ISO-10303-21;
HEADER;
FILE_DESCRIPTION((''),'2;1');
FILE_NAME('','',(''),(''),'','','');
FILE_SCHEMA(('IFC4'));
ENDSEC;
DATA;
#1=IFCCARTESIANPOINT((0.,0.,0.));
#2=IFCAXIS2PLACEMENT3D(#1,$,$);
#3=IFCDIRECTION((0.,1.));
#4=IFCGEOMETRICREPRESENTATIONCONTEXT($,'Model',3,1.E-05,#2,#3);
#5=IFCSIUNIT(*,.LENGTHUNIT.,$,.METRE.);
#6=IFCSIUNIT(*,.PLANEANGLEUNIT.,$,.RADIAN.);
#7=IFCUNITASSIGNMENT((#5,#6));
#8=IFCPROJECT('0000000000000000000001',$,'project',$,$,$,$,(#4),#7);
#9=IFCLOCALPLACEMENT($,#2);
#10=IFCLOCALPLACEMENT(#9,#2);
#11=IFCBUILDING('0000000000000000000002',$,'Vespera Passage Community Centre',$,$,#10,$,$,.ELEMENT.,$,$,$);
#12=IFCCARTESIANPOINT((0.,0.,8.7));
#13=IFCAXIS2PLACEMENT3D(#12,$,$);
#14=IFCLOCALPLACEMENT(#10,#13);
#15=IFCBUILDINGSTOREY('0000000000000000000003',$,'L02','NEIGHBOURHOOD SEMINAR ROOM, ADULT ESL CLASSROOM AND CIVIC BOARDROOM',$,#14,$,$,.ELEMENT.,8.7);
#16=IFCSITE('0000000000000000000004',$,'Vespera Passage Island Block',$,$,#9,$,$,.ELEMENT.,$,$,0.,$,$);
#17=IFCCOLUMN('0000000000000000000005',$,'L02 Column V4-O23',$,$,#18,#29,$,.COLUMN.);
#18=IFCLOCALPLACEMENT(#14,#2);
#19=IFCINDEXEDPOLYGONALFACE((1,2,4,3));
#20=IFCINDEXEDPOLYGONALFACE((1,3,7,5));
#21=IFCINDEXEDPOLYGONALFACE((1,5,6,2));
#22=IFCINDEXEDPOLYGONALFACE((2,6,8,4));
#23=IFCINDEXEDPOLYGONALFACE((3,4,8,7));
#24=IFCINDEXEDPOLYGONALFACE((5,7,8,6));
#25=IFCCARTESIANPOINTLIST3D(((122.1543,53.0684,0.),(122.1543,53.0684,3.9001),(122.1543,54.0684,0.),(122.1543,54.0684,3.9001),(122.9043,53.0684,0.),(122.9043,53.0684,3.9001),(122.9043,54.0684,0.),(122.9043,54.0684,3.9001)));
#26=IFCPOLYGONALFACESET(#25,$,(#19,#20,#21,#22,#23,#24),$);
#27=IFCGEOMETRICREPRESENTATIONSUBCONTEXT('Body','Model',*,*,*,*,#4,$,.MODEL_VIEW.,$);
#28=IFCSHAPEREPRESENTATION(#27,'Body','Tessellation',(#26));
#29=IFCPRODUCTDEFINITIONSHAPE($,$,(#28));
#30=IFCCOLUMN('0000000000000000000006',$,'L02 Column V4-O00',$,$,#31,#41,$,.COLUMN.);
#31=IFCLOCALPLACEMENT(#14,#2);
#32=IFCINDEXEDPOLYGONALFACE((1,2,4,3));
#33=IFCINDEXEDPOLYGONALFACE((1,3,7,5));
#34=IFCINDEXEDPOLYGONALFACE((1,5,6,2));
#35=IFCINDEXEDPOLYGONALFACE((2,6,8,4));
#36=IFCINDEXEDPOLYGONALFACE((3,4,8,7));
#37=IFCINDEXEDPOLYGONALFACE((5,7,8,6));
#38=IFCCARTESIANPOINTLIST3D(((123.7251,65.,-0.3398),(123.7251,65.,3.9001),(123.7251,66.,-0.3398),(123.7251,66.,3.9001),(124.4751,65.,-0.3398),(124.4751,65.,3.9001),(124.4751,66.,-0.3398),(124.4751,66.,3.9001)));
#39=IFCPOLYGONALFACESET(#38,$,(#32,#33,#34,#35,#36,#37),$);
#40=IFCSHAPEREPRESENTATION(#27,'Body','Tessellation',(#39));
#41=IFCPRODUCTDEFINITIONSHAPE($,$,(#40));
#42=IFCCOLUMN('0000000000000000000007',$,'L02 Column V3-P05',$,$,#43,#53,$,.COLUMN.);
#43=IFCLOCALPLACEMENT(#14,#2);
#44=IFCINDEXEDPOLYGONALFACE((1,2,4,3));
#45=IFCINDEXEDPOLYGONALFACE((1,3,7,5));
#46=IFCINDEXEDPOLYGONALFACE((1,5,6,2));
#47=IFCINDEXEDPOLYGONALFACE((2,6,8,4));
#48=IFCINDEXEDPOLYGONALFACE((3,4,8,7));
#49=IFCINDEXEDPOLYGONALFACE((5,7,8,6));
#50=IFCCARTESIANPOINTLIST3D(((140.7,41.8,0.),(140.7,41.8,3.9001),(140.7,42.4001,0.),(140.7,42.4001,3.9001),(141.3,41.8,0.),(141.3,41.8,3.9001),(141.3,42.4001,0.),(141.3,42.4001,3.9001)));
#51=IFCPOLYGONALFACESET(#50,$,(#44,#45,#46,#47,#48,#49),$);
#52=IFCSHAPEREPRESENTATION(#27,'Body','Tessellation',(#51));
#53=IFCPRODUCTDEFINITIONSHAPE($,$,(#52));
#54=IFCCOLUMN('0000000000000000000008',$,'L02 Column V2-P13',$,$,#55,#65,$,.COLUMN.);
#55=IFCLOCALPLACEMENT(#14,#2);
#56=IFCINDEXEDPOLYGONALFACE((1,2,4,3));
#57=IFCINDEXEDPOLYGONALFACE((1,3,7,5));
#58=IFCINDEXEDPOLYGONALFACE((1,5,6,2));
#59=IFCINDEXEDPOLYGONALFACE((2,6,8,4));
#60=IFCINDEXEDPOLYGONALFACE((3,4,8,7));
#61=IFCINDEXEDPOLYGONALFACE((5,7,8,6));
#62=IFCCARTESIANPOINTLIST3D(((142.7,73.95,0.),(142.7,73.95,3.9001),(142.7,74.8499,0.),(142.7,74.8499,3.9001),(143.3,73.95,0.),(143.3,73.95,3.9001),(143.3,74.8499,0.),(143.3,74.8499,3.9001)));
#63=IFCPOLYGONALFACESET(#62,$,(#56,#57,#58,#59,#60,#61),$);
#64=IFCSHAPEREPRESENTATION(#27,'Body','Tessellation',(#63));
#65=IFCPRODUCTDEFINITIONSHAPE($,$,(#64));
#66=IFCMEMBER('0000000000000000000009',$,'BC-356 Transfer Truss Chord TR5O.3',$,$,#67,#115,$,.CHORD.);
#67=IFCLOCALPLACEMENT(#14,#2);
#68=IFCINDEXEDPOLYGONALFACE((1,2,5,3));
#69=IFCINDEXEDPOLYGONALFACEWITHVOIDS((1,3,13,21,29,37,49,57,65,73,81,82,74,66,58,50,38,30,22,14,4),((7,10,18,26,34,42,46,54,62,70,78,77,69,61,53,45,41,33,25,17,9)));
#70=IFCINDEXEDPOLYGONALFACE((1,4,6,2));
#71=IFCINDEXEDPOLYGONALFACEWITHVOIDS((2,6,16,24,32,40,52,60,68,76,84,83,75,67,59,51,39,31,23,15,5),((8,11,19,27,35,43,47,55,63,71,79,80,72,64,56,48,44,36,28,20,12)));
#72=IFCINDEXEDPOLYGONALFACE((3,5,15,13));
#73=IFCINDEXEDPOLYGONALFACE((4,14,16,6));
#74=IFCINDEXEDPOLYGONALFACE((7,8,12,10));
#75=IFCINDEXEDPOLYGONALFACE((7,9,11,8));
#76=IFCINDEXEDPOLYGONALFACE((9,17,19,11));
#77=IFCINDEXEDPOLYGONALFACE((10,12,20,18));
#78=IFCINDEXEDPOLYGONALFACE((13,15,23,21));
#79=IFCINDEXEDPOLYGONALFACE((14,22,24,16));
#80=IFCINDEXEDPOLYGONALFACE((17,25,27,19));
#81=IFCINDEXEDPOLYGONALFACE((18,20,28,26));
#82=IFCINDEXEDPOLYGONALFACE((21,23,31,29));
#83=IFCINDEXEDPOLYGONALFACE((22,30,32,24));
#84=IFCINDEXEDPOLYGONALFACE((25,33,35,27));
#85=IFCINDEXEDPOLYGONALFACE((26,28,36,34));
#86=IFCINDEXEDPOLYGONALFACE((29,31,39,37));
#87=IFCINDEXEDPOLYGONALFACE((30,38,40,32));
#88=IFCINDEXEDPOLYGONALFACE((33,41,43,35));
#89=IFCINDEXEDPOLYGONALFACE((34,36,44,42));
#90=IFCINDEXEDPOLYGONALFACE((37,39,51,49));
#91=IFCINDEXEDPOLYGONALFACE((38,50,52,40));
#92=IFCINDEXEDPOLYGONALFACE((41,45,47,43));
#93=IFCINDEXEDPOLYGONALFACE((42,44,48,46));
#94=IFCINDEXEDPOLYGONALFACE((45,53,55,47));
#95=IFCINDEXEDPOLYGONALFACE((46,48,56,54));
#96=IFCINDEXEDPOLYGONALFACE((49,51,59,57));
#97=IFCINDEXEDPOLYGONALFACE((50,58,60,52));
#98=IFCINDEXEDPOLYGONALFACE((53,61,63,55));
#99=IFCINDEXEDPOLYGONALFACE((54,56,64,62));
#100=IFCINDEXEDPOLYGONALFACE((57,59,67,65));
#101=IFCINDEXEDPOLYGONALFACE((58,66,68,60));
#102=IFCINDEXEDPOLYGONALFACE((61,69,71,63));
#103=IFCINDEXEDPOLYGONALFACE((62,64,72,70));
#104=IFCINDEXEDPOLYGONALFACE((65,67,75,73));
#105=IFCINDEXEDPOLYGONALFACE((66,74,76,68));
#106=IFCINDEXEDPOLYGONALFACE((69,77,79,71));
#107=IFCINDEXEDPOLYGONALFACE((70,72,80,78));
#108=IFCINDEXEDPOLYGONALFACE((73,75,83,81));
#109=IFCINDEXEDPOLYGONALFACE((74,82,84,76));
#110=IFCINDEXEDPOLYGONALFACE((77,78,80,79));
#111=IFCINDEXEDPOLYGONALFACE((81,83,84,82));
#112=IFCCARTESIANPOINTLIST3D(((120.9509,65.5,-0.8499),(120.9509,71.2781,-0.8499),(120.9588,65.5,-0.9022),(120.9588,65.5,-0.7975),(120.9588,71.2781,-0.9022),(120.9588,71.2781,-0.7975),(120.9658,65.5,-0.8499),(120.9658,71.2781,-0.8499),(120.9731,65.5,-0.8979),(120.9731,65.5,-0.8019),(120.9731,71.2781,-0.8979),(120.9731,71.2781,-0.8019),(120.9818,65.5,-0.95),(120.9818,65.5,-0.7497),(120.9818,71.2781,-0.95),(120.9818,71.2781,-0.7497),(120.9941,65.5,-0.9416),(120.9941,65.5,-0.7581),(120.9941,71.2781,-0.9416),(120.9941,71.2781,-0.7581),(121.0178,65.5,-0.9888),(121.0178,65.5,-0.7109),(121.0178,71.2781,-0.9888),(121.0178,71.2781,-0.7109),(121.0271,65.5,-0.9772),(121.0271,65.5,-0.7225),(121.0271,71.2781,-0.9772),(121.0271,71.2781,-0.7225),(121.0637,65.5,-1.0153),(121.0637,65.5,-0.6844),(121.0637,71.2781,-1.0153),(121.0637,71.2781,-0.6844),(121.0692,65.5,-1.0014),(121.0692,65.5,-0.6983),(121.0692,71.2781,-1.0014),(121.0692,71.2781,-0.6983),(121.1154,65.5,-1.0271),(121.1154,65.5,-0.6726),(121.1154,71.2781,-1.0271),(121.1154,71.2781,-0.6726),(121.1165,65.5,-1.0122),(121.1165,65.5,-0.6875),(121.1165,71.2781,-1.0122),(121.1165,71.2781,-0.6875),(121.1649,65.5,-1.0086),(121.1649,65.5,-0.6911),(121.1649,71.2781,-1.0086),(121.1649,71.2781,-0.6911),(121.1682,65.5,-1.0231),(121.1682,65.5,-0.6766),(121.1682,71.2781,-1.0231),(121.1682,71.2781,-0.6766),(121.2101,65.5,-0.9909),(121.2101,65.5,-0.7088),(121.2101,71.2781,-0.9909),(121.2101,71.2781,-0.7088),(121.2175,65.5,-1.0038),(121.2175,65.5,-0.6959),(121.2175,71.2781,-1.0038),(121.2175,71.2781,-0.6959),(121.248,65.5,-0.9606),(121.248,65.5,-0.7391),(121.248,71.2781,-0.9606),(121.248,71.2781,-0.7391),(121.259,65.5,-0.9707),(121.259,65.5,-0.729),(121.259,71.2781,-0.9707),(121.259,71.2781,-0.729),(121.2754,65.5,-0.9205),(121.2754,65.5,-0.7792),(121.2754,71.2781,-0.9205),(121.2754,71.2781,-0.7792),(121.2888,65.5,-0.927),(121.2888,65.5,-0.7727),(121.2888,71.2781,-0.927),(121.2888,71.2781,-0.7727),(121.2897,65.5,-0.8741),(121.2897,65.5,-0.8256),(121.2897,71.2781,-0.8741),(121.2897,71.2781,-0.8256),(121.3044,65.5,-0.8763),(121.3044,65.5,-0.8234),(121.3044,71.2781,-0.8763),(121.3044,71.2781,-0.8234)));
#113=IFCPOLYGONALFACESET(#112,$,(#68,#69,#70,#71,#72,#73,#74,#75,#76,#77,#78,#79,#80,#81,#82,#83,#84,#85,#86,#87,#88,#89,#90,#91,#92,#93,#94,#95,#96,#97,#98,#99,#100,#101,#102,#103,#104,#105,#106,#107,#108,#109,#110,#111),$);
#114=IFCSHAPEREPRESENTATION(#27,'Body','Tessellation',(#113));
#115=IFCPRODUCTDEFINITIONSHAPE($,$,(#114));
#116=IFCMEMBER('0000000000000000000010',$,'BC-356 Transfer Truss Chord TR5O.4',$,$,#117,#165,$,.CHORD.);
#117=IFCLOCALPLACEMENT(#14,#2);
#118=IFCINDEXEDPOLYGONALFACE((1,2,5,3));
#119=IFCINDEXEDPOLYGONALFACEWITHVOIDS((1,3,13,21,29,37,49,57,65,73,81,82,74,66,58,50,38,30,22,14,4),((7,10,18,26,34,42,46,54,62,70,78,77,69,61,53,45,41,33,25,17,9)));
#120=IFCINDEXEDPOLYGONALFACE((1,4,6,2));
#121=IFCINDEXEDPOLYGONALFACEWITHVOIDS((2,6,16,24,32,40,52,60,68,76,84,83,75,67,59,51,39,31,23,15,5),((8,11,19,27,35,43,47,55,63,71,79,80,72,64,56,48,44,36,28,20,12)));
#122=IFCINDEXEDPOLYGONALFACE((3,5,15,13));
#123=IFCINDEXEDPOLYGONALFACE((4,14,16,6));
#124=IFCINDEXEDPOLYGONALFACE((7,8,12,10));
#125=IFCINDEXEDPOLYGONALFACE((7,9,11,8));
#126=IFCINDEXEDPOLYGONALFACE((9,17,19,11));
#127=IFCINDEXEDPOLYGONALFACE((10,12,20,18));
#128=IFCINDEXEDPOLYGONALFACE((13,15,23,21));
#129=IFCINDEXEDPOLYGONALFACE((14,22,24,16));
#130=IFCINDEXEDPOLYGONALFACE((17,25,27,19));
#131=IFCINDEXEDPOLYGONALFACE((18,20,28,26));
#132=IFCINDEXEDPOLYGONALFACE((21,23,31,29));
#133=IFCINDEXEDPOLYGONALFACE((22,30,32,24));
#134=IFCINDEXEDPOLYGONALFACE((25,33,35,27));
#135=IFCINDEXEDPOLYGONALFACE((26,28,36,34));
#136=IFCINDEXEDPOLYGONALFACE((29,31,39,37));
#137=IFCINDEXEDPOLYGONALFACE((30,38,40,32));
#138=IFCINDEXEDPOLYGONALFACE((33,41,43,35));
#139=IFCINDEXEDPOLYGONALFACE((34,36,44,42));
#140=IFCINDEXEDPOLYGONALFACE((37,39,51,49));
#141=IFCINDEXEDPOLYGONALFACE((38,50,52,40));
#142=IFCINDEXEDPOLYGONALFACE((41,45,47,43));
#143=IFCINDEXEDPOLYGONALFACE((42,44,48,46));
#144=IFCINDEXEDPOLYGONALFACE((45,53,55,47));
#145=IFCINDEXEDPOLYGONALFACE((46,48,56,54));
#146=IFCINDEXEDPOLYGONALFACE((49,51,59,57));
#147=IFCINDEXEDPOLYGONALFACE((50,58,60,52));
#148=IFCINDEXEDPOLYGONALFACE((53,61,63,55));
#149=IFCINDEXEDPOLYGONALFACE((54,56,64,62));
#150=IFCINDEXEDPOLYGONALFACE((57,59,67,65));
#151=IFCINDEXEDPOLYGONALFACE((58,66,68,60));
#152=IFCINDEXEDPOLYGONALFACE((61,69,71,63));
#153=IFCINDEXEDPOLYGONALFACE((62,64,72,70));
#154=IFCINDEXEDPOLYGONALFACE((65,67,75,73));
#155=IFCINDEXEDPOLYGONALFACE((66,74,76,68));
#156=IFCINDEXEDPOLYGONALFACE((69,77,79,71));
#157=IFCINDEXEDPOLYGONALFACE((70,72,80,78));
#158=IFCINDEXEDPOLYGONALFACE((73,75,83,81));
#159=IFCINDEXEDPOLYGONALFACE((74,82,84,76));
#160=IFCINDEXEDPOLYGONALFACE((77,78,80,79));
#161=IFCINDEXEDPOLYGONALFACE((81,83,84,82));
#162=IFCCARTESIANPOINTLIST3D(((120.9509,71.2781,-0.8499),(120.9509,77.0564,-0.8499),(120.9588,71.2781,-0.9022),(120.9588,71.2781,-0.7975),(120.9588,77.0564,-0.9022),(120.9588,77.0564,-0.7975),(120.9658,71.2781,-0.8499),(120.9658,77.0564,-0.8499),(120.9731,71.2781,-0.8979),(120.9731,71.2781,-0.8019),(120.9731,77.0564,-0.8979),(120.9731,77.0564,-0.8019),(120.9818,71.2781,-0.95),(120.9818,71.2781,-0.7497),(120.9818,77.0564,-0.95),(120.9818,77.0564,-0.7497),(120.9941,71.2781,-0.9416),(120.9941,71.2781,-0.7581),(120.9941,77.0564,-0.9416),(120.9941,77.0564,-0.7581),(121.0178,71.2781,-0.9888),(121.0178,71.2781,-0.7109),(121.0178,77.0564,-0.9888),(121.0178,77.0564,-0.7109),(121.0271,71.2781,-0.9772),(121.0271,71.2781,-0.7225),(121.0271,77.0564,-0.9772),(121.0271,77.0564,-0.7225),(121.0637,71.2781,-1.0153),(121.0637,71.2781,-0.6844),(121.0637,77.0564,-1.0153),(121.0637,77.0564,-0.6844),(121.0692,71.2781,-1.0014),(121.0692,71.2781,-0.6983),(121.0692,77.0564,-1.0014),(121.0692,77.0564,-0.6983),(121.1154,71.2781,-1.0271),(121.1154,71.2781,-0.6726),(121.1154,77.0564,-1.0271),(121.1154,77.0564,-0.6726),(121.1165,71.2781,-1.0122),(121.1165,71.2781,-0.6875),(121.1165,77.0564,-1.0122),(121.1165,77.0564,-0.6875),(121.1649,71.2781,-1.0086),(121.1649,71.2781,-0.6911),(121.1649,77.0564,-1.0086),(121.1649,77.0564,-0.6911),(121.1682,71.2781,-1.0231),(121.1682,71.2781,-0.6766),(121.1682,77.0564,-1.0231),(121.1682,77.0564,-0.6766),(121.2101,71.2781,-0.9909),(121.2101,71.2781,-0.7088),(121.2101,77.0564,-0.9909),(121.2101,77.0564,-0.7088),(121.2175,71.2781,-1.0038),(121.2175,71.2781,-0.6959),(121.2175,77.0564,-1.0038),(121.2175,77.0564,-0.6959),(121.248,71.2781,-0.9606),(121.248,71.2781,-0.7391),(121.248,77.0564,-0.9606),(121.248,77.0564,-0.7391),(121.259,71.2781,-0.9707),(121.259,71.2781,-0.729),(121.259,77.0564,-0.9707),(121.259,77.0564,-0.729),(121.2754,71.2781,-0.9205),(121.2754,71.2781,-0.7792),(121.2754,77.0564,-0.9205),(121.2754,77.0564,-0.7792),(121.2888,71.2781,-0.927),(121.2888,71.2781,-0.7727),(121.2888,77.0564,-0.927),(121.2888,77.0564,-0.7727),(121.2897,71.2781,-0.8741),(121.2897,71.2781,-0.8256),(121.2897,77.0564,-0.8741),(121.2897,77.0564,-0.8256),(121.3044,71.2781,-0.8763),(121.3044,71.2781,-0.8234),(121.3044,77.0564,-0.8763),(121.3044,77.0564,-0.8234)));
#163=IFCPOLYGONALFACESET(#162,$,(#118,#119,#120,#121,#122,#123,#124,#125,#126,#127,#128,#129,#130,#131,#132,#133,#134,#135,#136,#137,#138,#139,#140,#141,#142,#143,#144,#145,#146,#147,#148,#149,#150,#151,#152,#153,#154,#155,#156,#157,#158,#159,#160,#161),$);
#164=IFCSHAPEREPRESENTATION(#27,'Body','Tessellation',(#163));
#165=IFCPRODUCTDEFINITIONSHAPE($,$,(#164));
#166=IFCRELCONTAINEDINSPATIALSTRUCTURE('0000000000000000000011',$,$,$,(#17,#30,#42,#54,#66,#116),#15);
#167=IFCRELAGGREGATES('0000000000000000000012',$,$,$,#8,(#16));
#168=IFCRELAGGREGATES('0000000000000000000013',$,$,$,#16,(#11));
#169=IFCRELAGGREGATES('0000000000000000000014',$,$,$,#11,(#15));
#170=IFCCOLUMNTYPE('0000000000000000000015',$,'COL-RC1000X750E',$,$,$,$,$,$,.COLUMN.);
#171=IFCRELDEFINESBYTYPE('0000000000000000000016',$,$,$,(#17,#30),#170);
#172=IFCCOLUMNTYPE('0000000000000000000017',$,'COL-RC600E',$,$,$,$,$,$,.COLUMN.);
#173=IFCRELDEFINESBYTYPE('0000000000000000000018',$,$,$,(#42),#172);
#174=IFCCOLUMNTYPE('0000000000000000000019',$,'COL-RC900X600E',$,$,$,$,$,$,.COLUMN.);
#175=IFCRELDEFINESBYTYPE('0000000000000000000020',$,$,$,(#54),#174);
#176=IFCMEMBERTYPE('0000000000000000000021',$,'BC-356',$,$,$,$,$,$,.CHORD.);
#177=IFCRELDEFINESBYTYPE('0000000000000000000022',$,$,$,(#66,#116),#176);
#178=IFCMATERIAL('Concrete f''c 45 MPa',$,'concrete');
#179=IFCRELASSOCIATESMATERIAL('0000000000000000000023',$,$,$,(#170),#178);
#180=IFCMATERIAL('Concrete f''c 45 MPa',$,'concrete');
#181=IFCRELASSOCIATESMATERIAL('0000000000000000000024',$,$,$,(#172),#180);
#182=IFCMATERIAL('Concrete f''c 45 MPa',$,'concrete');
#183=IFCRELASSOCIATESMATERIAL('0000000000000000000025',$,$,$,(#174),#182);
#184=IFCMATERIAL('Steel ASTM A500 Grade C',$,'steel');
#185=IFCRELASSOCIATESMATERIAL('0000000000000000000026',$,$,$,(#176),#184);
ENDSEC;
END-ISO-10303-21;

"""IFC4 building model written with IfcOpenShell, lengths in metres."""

from ifc_helpers import new_model, si_unit, direction, frame, origin, origin_2d, place, context, subcontext, project, spatial, rectangle, hollow_circle, extrude, material, material_profile, profile_set, type_object, element, save


model = new_model("IFC4")

# Units and contexts
model_context = context("Model", 3, precision=1e-05, world=origin(), true_north=direction((0.0, 1.0)))
body_context = subcontext(model_context, "Body", "Model", "MODEL_VIEW")
ifc_project = project(units=[si_unit("LENGTHUNIT", "METRE"), si_unit("PLANEANGLEUNIT", "RADIAN")], contexts=[model_context])

# Site, building, storey
site_placement = place(None, origin())
site = spatial("IfcSite", under=ifc_project, at=site_placement, Name="Vespera Passage Island Block", CompositionType="ELEMENT", RefElevation=0.0)
building_placement = place(site_placement, origin())
building = spatial("IfcBuilding", under=site, at=building_placement, Name="Vespera Passage Community Centre", CompositionType="ELEMENT")
storey_placement = place(building_placement, frame((0.0, 0.0, 8.7)))
storey = spatial("IfcBuildingStorey", under=building, at=storey_placement, Name="L02", Description="NEIGHBOURHOOD SEMINAR ROOM, ADULT ESL CLASSROOM AND CIVIC BOARDROOM", CompositionType="ELEMENT", Elevation=8.7)

# Columns
ifc_material_1 = material(Name="Concrete f'c 45 MPa", Category="concrete")
ifc_material_profile_1 = material_profile(ifc_material_1, rectangle(XDim=0.75, YDim=1.0, at=origin_2d()), Name="RC1000X750")
ifc_profile_set_1 = profile_set([ifc_material_profile_1], Name="Concrete f'c 45 MPa")
column_type_1 = type_object("IfcColumnType", Name="COL-RC1000X750E", PredefinedType="COLUMN", material=ifc_profile_set_1)
column_1_placement = place(storey_placement, frame((122.5293, 53.5684, 0.0), z_axis=(0.0, 0.0, 1.0), x_axis=(1.0, 0.0, 0.0)))
element("IfcColumn", 1, at=column_1_placement, inside=storey, type_object=column_type_1, Name="L02 Column V4-O23", PredefinedType="COLUMN", context=body_context, shape_type="SweptSolid", body=[
    extrude(rectangle(XDim=0.75, YDim=1.0, at=origin_2d()), origin(), (0.0, 0.0, 1.0), 3.9001),
])
column_2_placement = place(storey_placement, frame((124.1001, 65.5, -0.3398), z_axis=(0.0, 0.0, 1.0), x_axis=(1.0, 0.0, 0.0)))
element("IfcColumn", 2, at=column_2_placement, inside=storey, type_object=column_type_1, Name="L02 Column V4-O00", PredefinedType="COLUMN", context=body_context, shape_type="SweptSolid", body=[
    extrude(rectangle(XDim=0.75, YDim=1.0, at=origin_2d()), origin(), (0.0, 0.0, 1.0), 4.24),
])
ifc_material_2 = material(Name="Concrete f'c 45 MPa", Category="concrete")
ifc_material_profile_2 = material_profile(ifc_material_2, rectangle(XDim=0.6001, YDim=0.6001, at=origin_2d()), Name="RC600X600")
ifc_profile_set_2 = profile_set([ifc_material_profile_2], Name="Concrete f'c 45 MPa")
column_type_2 = type_object("IfcColumnType", Name="COL-RC600E", PredefinedType="COLUMN", material=ifc_profile_set_2)
column_3_placement = place(storey_placement, frame((141.0, 42.1001, 0.0), z_axis=(0.0, 0.0, 1.0), x_axis=(1.0, 0.0, 0.0)))
element("IfcColumn", 3, at=column_3_placement, inside=storey, type_object=column_type_2, Name="L02 Column V3-P05", PredefinedType="COLUMN", context=body_context, shape_type="SweptSolid", body=[
    extrude(rectangle(XDim=0.6001, YDim=0.6001, at=origin_2d()), origin(), (0.0, 0.0, 1.0), 3.9001),
])
ifc_material_3 = material(Name="Concrete f'c 45 MPa", Category="concrete")
ifc_material_profile_3 = material_profile(ifc_material_3, rectangle(XDim=0.6001, YDim=0.8999, at=origin_2d()), Name="RC900X600")
ifc_profile_set_3 = profile_set([ifc_material_profile_3], Name="Concrete f'c 45 MPa")
column_type_3 = type_object("IfcColumnType", Name="COL-RC900X600E", PredefinedType="COLUMN", material=ifc_profile_set_3)
column_4_placement = place(storey_placement, frame((143.0, 74.3999, 0.0), z_axis=(0.0, 0.0, 1.0), x_axis=(1.0, 0.0, 0.0)))
element("IfcColumn", 4, at=column_4_placement, inside=storey, type_object=column_type_3, Name="L02 Column V2-P13", PredefinedType="COLUMN", context=body_context, shape_type="SweptSolid", body=[
    extrude(rectangle(XDim=0.6001, YDim=0.8999, at=origin_2d()), origin(), (0.0, 0.0, 1.0), 3.9001),
])

# Members
ifc_material_4 = material(Name="Steel ASTM A500 Grade C", Category="steel")
ifc_material_profile_4 = material_profile(ifc_material_4, hollow_circle(Radius=0.1777, WallThickness=0.0149, at=origin_2d()), Name="CHS356X15.9")
ifc_profile_set_4 = profile_set([ifc_material_profile_4], Name="Steel ASTM A500 Grade C")
member_type_1 = type_object("IfcMemberType", Name="BC-356", PredefinedType="CHORD", material=ifc_profile_set_4)
member_1_placement = place(storey_placement, frame((121.1287, 65.5, -0.8499), z_axis=(0.0, 1.0, 0.0), x_axis=(-1.0, 0.0, 0.0)))
element("IfcMember", 5, at=member_1_placement, inside=storey, type_object=member_type_1, Name="BC-356 Transfer Truss Chord TR5O.3", PredefinedType="CHORD", context=body_context, shape_type="SweptSolid", body=[
    extrude(hollow_circle(Radius=0.1777, WallThickness=0.0149, at=origin_2d()), origin(), (0.0, 0.0, 1.0), 5.7781),
])
member_2_placement = place(storey_placement, frame((121.1287, 71.2781, -0.8499), z_axis=(0.0, 1.0, 0.0), x_axis=(-1.0, 0.0, 0.0)))
element("IfcMember", 6, at=member_2_placement, inside=storey, type_object=member_type_1, Name="BC-356 Transfer Truss Chord TR5O.4", PredefinedType="CHORD", context=body_context, shape_type="SweptSolid", body=[
    extrude(hollow_circle(Radius=0.1777, WallThickness=0.0149, at=origin_2d()), origin(), (0.0, 0.0, 1.0), 5.7783),
])

save(model, "model.ifc")
